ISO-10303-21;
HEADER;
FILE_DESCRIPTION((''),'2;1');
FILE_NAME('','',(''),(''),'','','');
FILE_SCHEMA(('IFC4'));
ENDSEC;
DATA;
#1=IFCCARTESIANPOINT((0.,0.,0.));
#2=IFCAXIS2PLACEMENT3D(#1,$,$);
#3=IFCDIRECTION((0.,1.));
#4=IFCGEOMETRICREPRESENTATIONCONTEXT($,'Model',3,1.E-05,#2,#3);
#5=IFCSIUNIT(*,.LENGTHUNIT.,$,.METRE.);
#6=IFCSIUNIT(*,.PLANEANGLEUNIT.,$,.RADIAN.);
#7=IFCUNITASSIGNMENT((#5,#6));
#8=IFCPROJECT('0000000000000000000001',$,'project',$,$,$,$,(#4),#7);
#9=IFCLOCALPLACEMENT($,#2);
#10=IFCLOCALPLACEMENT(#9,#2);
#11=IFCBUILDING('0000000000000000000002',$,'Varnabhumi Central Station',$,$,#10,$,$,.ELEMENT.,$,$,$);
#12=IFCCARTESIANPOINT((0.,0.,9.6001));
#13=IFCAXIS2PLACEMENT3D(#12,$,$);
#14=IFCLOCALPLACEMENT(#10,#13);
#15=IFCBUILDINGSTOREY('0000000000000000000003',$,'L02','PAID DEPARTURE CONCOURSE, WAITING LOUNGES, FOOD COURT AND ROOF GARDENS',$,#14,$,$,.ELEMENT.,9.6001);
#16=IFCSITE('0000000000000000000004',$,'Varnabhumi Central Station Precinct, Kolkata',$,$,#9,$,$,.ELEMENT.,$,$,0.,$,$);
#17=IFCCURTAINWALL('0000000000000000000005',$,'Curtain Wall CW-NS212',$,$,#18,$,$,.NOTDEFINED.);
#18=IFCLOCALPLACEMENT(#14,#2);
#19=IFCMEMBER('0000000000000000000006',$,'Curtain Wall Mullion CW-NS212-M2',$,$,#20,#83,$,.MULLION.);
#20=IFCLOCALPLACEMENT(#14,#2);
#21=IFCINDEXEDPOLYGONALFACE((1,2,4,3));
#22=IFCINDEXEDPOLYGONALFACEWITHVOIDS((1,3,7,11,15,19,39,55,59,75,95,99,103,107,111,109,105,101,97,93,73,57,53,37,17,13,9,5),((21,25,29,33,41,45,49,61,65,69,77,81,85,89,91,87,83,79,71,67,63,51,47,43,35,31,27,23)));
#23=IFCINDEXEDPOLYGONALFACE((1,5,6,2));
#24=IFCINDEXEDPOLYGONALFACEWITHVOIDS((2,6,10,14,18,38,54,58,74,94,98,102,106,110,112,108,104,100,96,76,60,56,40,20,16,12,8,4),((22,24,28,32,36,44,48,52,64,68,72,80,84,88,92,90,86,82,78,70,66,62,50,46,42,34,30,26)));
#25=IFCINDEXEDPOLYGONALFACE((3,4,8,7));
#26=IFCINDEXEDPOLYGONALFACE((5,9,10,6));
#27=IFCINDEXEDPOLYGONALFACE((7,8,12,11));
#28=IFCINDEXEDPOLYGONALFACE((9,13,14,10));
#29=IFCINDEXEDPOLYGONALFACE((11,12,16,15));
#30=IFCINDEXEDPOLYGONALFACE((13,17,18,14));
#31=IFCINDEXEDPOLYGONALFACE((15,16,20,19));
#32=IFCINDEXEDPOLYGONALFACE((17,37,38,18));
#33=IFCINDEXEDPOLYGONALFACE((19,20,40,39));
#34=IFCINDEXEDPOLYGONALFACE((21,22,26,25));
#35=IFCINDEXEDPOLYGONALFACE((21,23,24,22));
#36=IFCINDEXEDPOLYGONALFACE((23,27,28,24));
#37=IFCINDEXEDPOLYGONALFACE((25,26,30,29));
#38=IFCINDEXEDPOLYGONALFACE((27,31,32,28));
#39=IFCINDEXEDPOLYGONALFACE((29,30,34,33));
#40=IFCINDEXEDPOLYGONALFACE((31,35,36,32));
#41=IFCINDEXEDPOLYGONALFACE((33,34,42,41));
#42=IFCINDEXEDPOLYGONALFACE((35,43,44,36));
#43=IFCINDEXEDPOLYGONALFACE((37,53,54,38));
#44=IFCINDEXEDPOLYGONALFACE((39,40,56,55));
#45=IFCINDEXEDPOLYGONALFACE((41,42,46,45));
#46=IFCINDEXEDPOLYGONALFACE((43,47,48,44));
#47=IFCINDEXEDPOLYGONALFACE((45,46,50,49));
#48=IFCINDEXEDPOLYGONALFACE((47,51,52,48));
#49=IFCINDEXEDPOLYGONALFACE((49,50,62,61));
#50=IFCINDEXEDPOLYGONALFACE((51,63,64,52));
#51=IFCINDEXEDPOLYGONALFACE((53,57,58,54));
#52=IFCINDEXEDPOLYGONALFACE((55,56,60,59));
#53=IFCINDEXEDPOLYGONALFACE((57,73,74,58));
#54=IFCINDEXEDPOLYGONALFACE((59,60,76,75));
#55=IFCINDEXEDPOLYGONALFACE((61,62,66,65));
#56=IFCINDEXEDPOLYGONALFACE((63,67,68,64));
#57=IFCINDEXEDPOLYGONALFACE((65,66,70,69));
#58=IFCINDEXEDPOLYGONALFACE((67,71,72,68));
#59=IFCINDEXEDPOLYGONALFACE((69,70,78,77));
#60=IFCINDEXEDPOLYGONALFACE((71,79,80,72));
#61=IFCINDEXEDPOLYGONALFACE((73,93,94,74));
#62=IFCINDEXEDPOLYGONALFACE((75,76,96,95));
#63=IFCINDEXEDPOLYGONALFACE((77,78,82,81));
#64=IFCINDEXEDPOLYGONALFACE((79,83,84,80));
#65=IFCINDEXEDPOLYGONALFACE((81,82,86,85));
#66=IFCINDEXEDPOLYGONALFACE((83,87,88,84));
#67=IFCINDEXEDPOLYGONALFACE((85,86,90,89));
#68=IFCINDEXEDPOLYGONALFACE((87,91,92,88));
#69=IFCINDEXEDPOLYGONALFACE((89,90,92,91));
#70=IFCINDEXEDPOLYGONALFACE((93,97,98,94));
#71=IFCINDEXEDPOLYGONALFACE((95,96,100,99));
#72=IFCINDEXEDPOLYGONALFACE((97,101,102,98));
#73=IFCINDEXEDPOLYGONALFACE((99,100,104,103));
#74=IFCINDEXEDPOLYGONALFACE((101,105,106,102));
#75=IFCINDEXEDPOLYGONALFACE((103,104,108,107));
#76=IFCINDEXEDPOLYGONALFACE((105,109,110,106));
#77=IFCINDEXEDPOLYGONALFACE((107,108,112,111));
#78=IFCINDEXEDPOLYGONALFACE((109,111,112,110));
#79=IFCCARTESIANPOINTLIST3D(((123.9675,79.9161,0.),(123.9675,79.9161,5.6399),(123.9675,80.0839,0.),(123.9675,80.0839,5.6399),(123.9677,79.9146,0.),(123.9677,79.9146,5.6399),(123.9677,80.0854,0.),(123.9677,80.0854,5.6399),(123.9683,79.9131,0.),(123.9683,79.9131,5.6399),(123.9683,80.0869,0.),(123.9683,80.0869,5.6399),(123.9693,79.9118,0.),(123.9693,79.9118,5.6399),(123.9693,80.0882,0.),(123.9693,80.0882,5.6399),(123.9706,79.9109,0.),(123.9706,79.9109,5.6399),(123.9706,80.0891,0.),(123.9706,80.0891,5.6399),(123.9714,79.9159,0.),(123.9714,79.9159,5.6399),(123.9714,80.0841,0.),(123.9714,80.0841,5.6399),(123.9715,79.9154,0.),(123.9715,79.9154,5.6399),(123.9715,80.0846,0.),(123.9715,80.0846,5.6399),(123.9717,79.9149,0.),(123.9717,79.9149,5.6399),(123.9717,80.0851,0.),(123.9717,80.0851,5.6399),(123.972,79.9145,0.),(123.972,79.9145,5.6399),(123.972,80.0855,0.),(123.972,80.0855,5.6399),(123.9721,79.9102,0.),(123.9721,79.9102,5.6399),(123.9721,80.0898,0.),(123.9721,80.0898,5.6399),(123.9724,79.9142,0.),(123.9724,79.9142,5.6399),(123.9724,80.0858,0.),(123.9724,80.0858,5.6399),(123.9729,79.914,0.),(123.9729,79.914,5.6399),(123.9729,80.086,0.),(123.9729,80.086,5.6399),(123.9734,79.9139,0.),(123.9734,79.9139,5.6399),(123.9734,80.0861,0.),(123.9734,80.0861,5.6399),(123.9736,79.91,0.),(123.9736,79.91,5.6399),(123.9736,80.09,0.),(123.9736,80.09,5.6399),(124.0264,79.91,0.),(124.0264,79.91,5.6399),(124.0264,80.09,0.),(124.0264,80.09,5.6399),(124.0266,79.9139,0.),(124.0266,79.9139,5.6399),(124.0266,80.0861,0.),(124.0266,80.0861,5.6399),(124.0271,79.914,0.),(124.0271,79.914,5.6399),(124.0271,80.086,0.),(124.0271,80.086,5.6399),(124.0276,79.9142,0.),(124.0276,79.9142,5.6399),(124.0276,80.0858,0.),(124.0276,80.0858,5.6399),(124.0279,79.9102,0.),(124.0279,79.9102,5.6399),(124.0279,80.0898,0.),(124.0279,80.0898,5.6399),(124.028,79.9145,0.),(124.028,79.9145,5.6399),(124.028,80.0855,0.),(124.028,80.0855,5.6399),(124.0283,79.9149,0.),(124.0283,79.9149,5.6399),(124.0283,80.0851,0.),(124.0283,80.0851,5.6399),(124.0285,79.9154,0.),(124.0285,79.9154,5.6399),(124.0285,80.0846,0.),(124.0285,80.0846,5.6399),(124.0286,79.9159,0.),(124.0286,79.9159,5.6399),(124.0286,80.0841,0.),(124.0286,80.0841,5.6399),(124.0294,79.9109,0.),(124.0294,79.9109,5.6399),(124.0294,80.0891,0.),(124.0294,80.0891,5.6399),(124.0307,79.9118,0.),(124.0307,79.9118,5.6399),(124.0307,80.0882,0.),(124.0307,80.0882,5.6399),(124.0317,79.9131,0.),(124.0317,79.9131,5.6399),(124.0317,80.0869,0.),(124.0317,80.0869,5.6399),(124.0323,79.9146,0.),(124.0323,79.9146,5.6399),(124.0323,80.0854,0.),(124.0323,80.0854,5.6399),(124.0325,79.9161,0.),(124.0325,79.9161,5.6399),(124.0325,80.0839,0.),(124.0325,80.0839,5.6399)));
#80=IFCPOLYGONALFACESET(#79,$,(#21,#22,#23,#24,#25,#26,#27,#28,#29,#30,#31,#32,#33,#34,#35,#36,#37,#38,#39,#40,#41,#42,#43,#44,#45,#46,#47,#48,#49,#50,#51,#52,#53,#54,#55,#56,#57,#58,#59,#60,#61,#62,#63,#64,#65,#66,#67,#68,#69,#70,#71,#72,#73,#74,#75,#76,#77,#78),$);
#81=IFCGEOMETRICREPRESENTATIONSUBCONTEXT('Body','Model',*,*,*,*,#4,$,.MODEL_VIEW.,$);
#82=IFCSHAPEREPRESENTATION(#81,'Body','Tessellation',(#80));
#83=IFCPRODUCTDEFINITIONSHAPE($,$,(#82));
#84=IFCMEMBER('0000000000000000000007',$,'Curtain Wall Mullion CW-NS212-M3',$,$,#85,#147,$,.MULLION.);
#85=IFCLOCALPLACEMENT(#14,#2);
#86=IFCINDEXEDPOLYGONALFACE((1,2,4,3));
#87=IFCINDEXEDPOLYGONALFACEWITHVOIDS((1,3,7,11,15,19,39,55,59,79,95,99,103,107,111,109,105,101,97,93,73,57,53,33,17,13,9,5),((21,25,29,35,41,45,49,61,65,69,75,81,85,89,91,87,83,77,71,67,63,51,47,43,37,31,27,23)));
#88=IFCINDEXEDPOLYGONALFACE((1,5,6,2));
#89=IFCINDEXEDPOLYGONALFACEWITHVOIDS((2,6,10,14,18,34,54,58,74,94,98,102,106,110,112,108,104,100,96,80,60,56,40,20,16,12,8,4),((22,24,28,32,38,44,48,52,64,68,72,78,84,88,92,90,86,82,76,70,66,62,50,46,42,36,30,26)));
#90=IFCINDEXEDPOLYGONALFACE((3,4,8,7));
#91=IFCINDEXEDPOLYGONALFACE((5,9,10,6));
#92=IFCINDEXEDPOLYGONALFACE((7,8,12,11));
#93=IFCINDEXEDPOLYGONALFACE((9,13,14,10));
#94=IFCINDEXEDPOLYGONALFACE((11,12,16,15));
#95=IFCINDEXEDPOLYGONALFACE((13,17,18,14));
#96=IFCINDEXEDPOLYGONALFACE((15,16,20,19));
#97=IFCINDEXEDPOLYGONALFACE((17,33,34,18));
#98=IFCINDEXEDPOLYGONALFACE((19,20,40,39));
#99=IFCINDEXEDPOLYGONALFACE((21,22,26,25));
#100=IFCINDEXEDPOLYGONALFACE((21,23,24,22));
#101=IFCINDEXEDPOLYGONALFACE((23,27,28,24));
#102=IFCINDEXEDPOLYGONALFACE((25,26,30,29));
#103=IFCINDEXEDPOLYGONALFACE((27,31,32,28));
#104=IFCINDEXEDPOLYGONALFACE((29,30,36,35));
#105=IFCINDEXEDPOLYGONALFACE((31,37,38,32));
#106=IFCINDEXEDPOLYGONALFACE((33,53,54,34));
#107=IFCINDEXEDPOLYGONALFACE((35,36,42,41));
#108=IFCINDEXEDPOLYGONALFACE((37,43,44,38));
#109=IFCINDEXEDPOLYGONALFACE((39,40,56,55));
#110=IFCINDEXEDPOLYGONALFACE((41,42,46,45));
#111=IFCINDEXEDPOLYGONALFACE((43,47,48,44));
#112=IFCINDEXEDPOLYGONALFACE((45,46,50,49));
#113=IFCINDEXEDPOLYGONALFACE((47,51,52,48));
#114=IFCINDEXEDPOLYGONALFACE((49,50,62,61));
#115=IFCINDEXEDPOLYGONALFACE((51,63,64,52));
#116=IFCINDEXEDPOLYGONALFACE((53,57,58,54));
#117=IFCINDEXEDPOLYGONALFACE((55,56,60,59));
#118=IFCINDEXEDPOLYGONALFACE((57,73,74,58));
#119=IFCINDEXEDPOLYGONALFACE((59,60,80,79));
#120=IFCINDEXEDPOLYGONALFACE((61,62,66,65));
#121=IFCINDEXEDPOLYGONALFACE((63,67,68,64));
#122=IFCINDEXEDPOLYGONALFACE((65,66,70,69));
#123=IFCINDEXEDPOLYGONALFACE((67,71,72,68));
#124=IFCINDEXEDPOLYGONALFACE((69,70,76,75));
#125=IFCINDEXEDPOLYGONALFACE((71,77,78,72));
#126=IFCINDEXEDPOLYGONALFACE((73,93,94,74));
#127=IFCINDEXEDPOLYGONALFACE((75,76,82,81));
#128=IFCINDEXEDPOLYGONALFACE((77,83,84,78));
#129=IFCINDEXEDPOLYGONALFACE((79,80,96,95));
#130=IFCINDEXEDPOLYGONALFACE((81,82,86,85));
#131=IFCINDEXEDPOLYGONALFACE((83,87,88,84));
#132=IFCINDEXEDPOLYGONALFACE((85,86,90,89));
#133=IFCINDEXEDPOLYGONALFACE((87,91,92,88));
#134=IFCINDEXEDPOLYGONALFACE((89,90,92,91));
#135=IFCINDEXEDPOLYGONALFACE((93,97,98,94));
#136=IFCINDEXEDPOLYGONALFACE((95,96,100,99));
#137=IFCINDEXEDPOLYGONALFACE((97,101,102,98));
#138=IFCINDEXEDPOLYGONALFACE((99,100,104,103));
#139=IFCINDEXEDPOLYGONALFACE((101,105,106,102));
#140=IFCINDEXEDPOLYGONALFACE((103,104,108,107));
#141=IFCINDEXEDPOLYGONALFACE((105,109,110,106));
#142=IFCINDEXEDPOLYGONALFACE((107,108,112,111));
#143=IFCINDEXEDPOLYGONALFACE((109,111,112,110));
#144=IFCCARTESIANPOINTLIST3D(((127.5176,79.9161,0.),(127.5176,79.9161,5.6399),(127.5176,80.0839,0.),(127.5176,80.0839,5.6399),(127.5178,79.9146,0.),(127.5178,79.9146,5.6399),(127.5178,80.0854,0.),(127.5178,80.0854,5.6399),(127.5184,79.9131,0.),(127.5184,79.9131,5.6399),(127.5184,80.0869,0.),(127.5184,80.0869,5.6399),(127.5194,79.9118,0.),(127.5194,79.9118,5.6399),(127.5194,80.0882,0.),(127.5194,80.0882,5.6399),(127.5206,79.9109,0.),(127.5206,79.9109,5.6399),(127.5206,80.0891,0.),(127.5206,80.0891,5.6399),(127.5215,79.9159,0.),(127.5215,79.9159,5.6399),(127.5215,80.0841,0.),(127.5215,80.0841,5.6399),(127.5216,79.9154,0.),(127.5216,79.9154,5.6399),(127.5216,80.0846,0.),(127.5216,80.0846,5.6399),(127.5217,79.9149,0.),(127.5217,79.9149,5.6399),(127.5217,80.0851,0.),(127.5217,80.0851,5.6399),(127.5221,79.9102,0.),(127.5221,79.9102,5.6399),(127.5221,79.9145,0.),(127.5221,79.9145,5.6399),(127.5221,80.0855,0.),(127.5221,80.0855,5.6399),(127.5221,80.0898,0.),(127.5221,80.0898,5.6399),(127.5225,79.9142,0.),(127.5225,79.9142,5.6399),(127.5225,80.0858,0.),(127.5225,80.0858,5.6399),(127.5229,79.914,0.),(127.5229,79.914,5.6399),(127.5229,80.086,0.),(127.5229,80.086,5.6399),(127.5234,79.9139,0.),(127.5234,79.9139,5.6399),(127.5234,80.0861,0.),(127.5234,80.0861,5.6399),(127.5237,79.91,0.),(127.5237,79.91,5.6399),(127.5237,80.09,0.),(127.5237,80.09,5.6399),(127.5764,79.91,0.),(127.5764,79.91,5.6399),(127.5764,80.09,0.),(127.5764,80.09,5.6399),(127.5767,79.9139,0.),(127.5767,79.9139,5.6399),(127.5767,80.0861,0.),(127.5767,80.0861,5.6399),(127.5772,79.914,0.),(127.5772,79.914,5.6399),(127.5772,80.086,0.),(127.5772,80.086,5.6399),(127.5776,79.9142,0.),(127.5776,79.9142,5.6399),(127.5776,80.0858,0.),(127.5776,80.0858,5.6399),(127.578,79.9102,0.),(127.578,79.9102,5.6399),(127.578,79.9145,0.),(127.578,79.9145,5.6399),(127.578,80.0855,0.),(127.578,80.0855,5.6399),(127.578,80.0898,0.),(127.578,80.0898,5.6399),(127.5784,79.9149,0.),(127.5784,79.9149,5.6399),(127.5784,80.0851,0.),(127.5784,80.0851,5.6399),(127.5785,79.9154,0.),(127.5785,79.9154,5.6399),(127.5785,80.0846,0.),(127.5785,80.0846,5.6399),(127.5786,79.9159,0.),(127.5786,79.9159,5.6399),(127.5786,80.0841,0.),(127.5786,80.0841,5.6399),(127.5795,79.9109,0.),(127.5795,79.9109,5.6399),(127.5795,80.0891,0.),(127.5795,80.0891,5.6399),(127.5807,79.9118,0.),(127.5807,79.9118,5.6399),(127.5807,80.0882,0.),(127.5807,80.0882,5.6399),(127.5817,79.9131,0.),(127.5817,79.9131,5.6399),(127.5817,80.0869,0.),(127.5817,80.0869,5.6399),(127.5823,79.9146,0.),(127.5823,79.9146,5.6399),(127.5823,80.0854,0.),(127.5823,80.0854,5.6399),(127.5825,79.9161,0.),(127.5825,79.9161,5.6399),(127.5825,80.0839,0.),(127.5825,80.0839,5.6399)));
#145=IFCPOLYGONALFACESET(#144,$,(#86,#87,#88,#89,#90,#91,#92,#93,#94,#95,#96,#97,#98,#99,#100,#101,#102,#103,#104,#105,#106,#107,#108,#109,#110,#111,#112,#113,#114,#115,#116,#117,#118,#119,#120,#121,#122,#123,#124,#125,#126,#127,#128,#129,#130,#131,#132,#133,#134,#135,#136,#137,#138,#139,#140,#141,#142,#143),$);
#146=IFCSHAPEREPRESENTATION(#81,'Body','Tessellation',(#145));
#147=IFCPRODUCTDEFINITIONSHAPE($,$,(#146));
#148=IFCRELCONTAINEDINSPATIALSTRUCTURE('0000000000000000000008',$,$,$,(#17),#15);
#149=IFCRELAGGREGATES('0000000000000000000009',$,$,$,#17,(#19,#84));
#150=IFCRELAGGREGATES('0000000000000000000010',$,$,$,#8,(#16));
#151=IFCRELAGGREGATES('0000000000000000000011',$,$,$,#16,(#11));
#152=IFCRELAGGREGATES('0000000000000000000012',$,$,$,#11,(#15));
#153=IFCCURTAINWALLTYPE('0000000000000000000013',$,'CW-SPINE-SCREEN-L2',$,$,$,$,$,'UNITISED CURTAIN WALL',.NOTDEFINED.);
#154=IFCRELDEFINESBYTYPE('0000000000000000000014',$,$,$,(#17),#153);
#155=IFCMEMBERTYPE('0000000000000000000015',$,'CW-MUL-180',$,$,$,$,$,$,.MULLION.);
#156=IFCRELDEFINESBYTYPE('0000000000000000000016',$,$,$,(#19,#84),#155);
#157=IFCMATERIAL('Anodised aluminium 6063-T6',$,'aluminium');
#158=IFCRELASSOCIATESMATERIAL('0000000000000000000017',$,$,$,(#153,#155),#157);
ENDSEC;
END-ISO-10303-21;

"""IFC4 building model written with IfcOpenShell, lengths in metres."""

from ifc_helpers import new_model, si_unit, direction, frame, origin, origin_2d, place, context, subcontext, project, spatial, hollow_rectangle, extrude, material, material_profile, profile_set, type_object, element, aggregate, save


model = new_model("IFC4")

# Units and contexts
model_context = context("Model", 3, precision=1e-05, world=origin(), true_north=direction((0.0, 1.0)))
body_context = subcontext(model_context, "Body", "Model", "MODEL_VIEW")
ifc_project = project(units=[si_unit("LENGTHUNIT", "METRE"), si_unit("PLANEANGLEUNIT", "RADIAN")], contexts=[model_context])

# Site, building, storey
site_placement = place(None, origin())
site = spatial("IfcSite", under=ifc_project, at=site_placement, Name="Varnabhumi Central Station Precinct, Kolkata", CompositionType="ELEMENT", RefElevation=0.0)
building_placement = place(site_placement, origin())
building = spatial("IfcBuilding", under=site, at=building_placement, Name="Varnabhumi Central Station", CompositionType="ELEMENT")
storey_placement = place(building_placement, frame((0.0, 0.0, 9.6001)))
storey = spatial("IfcBuildingStorey", under=building, at=storey_placement, Name="L02", Description="PAID DEPARTURE CONCOURSE, WAITING LOUNGES, FOOD COURT AND ROOF GARDENS", CompositionType="ELEMENT", Elevation=9.6001)

# Curtain wall, members
ifc_material_1 = material(Name="Anodised aluminium 6063-T6", Category="aluminium")
curtain_wall_type = type_object("IfcCurtainWallType", Name="CW-SPINE-SCREEN-L2", ElementType="UNITISED CURTAIN WALL", PredefinedType="NOTDEFINED", material=ifc_material_1)
curtain_wall_placement = place(storey_placement, origin())
curtain_wall = element("IfcCurtainWall", 1, at=curtain_wall_placement, inside=storey, type_object=curtain_wall_type, Name="Curtain Wall CW-NS212", PredefinedType="NOTDEFINED")
ifc_material_profile_1 = material_profile(ifc_material_1, hollow_rectangle(XDim=0.0649, YDim=0.1799, WallThickness=0.0039, InnerFilletRadius=0.002, OuterFilletRadius=0.0061, at=origin_2d()), Name="Anodised aluminium 6063-T6", Category="aluminium")
ifc_profile_set_1 = profile_set([ifc_material_profile_1], Name="Anodised aluminium 6063-T6")
member_type_1 = type_object("IfcMemberType", Name="CW-MUL-180", PredefinedType="MULLION", material=ifc_profile_set_1)
member_1_placement = place(storey_placement, frame((124.0, 80.0, 0.0), z_axis=(0.0, 0.0, 1.0), x_axis=(1.0, 0.0, 0.0)))
member_1 = element("IfcMember", 2, at=member_1_placement, type_object=member_type_1, Name="Curtain Wall Mullion CW-NS212-M2", PredefinedType="MULLION", context=body_context, shape_type="SweptSolid", body=[
    extrude(hollow_rectangle(XDim=0.0649, YDim=0.1799, WallThickness=0.0039, InnerFilletRadius=0.002, OuterFilletRadius=0.0061, at=origin_2d()), origin(), (0.0, 0.0, 1.0), 5.6399),
])
member_2_placement = place(storey_placement, frame((127.55, 80.0, 0.0), z_axis=(0.0, 0.0, 1.0), x_axis=(1.0, 0.0, 0.0)))
member_2 = element("IfcMember", 3, at=member_2_placement, type_object=member_type_1, Name="Curtain Wall Mullion CW-NS212-M3", PredefinedType="MULLION", context=body_context, shape_type="SweptSolid", body=[
    extrude(hollow_rectangle(XDim=0.0649, YDim=0.1799, WallThickness=0.0039, InnerFilletRadius=0.002, OuterFilletRadius=0.0061, at=origin_2d()), origin(), (0.0, 0.0, 1.0), 5.6399),
])

aggregate(curtain_wall, [member_1, member_2])

save(model, "model.ifc")
